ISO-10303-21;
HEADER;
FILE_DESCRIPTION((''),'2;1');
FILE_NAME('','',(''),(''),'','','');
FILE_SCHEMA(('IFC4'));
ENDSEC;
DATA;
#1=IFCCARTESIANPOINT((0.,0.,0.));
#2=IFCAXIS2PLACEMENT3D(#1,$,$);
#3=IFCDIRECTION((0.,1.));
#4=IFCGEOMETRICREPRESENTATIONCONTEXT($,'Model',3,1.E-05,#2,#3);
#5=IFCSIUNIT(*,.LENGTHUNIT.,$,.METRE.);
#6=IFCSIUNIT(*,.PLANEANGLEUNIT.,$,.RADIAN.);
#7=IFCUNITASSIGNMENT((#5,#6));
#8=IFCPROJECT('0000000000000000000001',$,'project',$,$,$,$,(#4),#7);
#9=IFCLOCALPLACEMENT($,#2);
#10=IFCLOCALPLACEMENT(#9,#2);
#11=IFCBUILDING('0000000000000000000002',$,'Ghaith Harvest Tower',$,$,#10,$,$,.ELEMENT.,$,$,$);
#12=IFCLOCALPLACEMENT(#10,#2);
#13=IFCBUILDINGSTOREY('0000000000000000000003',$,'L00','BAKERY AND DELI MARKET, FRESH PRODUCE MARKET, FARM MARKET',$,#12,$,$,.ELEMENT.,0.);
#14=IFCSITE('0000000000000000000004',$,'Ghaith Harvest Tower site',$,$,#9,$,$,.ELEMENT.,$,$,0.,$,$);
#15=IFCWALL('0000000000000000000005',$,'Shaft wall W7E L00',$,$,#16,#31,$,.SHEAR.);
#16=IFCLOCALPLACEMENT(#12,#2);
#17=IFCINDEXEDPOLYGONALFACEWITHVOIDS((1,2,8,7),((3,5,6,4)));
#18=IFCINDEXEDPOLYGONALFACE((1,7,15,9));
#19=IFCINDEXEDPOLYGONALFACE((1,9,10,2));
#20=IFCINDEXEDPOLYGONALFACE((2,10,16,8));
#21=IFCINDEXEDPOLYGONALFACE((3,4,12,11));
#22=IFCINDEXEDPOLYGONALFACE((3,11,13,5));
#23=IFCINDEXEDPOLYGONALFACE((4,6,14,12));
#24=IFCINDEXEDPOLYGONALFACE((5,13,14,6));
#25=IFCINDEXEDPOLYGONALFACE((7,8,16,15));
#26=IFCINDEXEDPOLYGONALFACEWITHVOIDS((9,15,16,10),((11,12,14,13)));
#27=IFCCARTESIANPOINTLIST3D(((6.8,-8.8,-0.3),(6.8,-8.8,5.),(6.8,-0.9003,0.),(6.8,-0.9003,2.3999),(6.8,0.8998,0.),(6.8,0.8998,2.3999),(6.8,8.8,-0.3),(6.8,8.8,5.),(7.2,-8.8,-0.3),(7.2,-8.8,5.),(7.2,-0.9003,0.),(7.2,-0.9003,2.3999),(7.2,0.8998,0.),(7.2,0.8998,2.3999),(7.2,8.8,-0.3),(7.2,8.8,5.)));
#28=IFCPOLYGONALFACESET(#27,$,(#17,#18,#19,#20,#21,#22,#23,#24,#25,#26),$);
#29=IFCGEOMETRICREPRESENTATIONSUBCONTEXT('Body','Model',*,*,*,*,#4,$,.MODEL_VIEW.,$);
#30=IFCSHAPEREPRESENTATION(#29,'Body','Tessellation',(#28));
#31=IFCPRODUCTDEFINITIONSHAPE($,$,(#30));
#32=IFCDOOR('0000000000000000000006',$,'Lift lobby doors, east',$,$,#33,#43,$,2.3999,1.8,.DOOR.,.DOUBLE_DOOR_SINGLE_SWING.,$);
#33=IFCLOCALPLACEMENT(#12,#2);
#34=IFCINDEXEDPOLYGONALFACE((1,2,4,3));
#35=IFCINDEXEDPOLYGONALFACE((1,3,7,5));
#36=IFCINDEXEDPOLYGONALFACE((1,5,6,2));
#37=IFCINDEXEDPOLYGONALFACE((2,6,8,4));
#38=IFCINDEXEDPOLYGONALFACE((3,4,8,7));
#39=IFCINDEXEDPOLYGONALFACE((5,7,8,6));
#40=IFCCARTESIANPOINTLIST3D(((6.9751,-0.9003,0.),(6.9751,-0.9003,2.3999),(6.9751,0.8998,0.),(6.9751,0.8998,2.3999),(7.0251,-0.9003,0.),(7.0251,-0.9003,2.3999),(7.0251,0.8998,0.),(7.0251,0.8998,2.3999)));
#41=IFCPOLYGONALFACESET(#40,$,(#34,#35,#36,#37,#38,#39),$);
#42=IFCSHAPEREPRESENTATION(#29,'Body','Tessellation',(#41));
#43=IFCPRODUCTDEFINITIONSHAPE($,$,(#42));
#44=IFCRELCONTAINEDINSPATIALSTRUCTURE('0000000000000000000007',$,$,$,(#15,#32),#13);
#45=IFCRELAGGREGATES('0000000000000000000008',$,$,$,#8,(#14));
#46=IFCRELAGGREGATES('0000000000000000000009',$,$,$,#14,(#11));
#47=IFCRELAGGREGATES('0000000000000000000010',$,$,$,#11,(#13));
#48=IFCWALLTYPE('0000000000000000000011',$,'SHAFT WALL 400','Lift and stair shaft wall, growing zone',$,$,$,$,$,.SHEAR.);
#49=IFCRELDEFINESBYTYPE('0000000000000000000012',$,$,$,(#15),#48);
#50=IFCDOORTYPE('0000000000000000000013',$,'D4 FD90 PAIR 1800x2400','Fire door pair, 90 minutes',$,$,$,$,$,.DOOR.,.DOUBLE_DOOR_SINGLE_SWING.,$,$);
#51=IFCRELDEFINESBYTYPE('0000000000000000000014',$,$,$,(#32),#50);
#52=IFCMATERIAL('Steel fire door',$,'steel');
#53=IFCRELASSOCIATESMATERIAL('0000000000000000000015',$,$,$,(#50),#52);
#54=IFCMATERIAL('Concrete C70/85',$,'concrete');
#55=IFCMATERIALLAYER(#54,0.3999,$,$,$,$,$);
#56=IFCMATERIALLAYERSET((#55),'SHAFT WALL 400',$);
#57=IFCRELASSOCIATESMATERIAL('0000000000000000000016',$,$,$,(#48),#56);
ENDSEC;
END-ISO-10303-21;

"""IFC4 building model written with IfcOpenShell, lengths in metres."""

from ifc_helpers import new_model, si_unit, direction, frame, frame_2d, origin, place, context, subcontext, project, spatial, rectangle, extrude, material, layer, layer_set, type_object, element, fill, save


model = new_model("IFC4")

# Units and contexts
model_context = context("Model", 3, precision=1e-05, world=origin(), true_north=direction((0.0, 1.0)))
body_context = subcontext(model_context, "Body", "Model", "MODEL_VIEW")
ifc_project = project(units=[si_unit("LENGTHUNIT", "METRE"), si_unit("PLANEANGLEUNIT", "RADIAN")], contexts=[model_context])

# Site, building, storey
site_placement = place(None, origin())
site = spatial("IfcSite", under=ifc_project, at=site_placement, Name="Ghaith Harvest Tower site", CompositionType="ELEMENT", RefElevation=0.0)
building_placement = place(site_placement, origin())
building = spatial("IfcBuilding", under=site, at=building_placement, Name="Ghaith Harvest Tower", CompositionType="ELEMENT")
storey_placement = place(building_placement, origin())
storey = spatial("IfcBuildingStorey", under=building, at=storey_placement, Name="L00", Description="BAKERY AND DELI MARKET, FRESH PRODUCE MARKET, FARM MARKET", CompositionType="ELEMENT", Elevation=0.0)

# Shared definitions
ifc_material_1 = material(Name="Steel fire door", Category="steel")
door_type_1 = type_object("IfcDoorType", Name="D4 FD90 PAIR 1800x2400", Description="Fire door pair, 90 minutes", OperationType="DOUBLE_DOOR_SINGLE_SWING", PredefinedType="DOOR", material=ifc_material_1)

# Wall, opening, door
ifc_material_2 = material(Name="Concrete C70/85", Category="concrete")
ifc_layer_1 = layer(ifc_material_2, 0.3999)
ifc_layer_set_1 = layer_set([ifc_layer_1], Name="SHAFT WALL 400")
wall_type_1 = type_object("IfcWallType", Name="SHAFT WALL 400", Description="Lift and stair shaft wall, growing zone", PredefinedType="SHEAR", material=ifc_layer_set_1)
wall_1_placement = place(storey_placement, frame((7.0, -8.8, -0.3), z_axis=(0.0, 0.0, 1.0), x_axis=(0.0, 1.0, 0.0)))
wall_1 = element("IfcWall", 1, at=wall_1_placement, inside=storey, type_object=wall_type_1, Name="Shaft wall W7E L00", PredefinedType="SHEAR", context=body_context, shape_type="SweptSolid", body=[
    extrude(rectangle(XDim=17.6001, YDim=0.3999, at=frame_2d((8.8, 0.0))), origin(), (0.0, 0.0, 1.0), 5.3),
])
opening_1_placement = place(wall_1_placement, frame((7.8999, 0.0, 0.3)))
opening_1 = element("IfcOpeningElement", 2, at=opening_1_placement, cuts=wall_1, PredefinedType="OPENING", context=body_context, shape_type="SweptSolid", body=[
    extrude(rectangle(XDim=1.8, YDim=2.3999, at=frame_2d((0.8999, 1.2))), frame((0.0, 0.21, 0.0), z_axis=(0.0, -1.0, 0.0), x_axis=(1.0, 0.0, 0.0)), (0.0, 0.0, 1.0), 0.4199),
])
door_1_placement = place(opening_1_placement, origin())
door_1 = element("IfcDoor", 3, at=door_1_placement, inside=storey, type_object=door_type_1, Name="Lift lobby doors, east", OperationType="DOUBLE_DOOR_SINGLE_SWING", OverallHeight=2.3999, OverallWidth=1.8, PredefinedType="DOOR", context=body_context, shape_type="SweptSolid", body=[
    extrude(rectangle(XDim=1.8, YDim=2.3999, at=frame_2d((0.8999, 1.2))), frame((0.0, 0.0249, 0.0), z_axis=(0.0, -1.0, 0.0), x_axis=(1.0, 0.0, 0.0)), (0.0, 0.0, 1.0), 0.05),
])
fill(opening_1, door_1)

save(model, "model.ifc")
